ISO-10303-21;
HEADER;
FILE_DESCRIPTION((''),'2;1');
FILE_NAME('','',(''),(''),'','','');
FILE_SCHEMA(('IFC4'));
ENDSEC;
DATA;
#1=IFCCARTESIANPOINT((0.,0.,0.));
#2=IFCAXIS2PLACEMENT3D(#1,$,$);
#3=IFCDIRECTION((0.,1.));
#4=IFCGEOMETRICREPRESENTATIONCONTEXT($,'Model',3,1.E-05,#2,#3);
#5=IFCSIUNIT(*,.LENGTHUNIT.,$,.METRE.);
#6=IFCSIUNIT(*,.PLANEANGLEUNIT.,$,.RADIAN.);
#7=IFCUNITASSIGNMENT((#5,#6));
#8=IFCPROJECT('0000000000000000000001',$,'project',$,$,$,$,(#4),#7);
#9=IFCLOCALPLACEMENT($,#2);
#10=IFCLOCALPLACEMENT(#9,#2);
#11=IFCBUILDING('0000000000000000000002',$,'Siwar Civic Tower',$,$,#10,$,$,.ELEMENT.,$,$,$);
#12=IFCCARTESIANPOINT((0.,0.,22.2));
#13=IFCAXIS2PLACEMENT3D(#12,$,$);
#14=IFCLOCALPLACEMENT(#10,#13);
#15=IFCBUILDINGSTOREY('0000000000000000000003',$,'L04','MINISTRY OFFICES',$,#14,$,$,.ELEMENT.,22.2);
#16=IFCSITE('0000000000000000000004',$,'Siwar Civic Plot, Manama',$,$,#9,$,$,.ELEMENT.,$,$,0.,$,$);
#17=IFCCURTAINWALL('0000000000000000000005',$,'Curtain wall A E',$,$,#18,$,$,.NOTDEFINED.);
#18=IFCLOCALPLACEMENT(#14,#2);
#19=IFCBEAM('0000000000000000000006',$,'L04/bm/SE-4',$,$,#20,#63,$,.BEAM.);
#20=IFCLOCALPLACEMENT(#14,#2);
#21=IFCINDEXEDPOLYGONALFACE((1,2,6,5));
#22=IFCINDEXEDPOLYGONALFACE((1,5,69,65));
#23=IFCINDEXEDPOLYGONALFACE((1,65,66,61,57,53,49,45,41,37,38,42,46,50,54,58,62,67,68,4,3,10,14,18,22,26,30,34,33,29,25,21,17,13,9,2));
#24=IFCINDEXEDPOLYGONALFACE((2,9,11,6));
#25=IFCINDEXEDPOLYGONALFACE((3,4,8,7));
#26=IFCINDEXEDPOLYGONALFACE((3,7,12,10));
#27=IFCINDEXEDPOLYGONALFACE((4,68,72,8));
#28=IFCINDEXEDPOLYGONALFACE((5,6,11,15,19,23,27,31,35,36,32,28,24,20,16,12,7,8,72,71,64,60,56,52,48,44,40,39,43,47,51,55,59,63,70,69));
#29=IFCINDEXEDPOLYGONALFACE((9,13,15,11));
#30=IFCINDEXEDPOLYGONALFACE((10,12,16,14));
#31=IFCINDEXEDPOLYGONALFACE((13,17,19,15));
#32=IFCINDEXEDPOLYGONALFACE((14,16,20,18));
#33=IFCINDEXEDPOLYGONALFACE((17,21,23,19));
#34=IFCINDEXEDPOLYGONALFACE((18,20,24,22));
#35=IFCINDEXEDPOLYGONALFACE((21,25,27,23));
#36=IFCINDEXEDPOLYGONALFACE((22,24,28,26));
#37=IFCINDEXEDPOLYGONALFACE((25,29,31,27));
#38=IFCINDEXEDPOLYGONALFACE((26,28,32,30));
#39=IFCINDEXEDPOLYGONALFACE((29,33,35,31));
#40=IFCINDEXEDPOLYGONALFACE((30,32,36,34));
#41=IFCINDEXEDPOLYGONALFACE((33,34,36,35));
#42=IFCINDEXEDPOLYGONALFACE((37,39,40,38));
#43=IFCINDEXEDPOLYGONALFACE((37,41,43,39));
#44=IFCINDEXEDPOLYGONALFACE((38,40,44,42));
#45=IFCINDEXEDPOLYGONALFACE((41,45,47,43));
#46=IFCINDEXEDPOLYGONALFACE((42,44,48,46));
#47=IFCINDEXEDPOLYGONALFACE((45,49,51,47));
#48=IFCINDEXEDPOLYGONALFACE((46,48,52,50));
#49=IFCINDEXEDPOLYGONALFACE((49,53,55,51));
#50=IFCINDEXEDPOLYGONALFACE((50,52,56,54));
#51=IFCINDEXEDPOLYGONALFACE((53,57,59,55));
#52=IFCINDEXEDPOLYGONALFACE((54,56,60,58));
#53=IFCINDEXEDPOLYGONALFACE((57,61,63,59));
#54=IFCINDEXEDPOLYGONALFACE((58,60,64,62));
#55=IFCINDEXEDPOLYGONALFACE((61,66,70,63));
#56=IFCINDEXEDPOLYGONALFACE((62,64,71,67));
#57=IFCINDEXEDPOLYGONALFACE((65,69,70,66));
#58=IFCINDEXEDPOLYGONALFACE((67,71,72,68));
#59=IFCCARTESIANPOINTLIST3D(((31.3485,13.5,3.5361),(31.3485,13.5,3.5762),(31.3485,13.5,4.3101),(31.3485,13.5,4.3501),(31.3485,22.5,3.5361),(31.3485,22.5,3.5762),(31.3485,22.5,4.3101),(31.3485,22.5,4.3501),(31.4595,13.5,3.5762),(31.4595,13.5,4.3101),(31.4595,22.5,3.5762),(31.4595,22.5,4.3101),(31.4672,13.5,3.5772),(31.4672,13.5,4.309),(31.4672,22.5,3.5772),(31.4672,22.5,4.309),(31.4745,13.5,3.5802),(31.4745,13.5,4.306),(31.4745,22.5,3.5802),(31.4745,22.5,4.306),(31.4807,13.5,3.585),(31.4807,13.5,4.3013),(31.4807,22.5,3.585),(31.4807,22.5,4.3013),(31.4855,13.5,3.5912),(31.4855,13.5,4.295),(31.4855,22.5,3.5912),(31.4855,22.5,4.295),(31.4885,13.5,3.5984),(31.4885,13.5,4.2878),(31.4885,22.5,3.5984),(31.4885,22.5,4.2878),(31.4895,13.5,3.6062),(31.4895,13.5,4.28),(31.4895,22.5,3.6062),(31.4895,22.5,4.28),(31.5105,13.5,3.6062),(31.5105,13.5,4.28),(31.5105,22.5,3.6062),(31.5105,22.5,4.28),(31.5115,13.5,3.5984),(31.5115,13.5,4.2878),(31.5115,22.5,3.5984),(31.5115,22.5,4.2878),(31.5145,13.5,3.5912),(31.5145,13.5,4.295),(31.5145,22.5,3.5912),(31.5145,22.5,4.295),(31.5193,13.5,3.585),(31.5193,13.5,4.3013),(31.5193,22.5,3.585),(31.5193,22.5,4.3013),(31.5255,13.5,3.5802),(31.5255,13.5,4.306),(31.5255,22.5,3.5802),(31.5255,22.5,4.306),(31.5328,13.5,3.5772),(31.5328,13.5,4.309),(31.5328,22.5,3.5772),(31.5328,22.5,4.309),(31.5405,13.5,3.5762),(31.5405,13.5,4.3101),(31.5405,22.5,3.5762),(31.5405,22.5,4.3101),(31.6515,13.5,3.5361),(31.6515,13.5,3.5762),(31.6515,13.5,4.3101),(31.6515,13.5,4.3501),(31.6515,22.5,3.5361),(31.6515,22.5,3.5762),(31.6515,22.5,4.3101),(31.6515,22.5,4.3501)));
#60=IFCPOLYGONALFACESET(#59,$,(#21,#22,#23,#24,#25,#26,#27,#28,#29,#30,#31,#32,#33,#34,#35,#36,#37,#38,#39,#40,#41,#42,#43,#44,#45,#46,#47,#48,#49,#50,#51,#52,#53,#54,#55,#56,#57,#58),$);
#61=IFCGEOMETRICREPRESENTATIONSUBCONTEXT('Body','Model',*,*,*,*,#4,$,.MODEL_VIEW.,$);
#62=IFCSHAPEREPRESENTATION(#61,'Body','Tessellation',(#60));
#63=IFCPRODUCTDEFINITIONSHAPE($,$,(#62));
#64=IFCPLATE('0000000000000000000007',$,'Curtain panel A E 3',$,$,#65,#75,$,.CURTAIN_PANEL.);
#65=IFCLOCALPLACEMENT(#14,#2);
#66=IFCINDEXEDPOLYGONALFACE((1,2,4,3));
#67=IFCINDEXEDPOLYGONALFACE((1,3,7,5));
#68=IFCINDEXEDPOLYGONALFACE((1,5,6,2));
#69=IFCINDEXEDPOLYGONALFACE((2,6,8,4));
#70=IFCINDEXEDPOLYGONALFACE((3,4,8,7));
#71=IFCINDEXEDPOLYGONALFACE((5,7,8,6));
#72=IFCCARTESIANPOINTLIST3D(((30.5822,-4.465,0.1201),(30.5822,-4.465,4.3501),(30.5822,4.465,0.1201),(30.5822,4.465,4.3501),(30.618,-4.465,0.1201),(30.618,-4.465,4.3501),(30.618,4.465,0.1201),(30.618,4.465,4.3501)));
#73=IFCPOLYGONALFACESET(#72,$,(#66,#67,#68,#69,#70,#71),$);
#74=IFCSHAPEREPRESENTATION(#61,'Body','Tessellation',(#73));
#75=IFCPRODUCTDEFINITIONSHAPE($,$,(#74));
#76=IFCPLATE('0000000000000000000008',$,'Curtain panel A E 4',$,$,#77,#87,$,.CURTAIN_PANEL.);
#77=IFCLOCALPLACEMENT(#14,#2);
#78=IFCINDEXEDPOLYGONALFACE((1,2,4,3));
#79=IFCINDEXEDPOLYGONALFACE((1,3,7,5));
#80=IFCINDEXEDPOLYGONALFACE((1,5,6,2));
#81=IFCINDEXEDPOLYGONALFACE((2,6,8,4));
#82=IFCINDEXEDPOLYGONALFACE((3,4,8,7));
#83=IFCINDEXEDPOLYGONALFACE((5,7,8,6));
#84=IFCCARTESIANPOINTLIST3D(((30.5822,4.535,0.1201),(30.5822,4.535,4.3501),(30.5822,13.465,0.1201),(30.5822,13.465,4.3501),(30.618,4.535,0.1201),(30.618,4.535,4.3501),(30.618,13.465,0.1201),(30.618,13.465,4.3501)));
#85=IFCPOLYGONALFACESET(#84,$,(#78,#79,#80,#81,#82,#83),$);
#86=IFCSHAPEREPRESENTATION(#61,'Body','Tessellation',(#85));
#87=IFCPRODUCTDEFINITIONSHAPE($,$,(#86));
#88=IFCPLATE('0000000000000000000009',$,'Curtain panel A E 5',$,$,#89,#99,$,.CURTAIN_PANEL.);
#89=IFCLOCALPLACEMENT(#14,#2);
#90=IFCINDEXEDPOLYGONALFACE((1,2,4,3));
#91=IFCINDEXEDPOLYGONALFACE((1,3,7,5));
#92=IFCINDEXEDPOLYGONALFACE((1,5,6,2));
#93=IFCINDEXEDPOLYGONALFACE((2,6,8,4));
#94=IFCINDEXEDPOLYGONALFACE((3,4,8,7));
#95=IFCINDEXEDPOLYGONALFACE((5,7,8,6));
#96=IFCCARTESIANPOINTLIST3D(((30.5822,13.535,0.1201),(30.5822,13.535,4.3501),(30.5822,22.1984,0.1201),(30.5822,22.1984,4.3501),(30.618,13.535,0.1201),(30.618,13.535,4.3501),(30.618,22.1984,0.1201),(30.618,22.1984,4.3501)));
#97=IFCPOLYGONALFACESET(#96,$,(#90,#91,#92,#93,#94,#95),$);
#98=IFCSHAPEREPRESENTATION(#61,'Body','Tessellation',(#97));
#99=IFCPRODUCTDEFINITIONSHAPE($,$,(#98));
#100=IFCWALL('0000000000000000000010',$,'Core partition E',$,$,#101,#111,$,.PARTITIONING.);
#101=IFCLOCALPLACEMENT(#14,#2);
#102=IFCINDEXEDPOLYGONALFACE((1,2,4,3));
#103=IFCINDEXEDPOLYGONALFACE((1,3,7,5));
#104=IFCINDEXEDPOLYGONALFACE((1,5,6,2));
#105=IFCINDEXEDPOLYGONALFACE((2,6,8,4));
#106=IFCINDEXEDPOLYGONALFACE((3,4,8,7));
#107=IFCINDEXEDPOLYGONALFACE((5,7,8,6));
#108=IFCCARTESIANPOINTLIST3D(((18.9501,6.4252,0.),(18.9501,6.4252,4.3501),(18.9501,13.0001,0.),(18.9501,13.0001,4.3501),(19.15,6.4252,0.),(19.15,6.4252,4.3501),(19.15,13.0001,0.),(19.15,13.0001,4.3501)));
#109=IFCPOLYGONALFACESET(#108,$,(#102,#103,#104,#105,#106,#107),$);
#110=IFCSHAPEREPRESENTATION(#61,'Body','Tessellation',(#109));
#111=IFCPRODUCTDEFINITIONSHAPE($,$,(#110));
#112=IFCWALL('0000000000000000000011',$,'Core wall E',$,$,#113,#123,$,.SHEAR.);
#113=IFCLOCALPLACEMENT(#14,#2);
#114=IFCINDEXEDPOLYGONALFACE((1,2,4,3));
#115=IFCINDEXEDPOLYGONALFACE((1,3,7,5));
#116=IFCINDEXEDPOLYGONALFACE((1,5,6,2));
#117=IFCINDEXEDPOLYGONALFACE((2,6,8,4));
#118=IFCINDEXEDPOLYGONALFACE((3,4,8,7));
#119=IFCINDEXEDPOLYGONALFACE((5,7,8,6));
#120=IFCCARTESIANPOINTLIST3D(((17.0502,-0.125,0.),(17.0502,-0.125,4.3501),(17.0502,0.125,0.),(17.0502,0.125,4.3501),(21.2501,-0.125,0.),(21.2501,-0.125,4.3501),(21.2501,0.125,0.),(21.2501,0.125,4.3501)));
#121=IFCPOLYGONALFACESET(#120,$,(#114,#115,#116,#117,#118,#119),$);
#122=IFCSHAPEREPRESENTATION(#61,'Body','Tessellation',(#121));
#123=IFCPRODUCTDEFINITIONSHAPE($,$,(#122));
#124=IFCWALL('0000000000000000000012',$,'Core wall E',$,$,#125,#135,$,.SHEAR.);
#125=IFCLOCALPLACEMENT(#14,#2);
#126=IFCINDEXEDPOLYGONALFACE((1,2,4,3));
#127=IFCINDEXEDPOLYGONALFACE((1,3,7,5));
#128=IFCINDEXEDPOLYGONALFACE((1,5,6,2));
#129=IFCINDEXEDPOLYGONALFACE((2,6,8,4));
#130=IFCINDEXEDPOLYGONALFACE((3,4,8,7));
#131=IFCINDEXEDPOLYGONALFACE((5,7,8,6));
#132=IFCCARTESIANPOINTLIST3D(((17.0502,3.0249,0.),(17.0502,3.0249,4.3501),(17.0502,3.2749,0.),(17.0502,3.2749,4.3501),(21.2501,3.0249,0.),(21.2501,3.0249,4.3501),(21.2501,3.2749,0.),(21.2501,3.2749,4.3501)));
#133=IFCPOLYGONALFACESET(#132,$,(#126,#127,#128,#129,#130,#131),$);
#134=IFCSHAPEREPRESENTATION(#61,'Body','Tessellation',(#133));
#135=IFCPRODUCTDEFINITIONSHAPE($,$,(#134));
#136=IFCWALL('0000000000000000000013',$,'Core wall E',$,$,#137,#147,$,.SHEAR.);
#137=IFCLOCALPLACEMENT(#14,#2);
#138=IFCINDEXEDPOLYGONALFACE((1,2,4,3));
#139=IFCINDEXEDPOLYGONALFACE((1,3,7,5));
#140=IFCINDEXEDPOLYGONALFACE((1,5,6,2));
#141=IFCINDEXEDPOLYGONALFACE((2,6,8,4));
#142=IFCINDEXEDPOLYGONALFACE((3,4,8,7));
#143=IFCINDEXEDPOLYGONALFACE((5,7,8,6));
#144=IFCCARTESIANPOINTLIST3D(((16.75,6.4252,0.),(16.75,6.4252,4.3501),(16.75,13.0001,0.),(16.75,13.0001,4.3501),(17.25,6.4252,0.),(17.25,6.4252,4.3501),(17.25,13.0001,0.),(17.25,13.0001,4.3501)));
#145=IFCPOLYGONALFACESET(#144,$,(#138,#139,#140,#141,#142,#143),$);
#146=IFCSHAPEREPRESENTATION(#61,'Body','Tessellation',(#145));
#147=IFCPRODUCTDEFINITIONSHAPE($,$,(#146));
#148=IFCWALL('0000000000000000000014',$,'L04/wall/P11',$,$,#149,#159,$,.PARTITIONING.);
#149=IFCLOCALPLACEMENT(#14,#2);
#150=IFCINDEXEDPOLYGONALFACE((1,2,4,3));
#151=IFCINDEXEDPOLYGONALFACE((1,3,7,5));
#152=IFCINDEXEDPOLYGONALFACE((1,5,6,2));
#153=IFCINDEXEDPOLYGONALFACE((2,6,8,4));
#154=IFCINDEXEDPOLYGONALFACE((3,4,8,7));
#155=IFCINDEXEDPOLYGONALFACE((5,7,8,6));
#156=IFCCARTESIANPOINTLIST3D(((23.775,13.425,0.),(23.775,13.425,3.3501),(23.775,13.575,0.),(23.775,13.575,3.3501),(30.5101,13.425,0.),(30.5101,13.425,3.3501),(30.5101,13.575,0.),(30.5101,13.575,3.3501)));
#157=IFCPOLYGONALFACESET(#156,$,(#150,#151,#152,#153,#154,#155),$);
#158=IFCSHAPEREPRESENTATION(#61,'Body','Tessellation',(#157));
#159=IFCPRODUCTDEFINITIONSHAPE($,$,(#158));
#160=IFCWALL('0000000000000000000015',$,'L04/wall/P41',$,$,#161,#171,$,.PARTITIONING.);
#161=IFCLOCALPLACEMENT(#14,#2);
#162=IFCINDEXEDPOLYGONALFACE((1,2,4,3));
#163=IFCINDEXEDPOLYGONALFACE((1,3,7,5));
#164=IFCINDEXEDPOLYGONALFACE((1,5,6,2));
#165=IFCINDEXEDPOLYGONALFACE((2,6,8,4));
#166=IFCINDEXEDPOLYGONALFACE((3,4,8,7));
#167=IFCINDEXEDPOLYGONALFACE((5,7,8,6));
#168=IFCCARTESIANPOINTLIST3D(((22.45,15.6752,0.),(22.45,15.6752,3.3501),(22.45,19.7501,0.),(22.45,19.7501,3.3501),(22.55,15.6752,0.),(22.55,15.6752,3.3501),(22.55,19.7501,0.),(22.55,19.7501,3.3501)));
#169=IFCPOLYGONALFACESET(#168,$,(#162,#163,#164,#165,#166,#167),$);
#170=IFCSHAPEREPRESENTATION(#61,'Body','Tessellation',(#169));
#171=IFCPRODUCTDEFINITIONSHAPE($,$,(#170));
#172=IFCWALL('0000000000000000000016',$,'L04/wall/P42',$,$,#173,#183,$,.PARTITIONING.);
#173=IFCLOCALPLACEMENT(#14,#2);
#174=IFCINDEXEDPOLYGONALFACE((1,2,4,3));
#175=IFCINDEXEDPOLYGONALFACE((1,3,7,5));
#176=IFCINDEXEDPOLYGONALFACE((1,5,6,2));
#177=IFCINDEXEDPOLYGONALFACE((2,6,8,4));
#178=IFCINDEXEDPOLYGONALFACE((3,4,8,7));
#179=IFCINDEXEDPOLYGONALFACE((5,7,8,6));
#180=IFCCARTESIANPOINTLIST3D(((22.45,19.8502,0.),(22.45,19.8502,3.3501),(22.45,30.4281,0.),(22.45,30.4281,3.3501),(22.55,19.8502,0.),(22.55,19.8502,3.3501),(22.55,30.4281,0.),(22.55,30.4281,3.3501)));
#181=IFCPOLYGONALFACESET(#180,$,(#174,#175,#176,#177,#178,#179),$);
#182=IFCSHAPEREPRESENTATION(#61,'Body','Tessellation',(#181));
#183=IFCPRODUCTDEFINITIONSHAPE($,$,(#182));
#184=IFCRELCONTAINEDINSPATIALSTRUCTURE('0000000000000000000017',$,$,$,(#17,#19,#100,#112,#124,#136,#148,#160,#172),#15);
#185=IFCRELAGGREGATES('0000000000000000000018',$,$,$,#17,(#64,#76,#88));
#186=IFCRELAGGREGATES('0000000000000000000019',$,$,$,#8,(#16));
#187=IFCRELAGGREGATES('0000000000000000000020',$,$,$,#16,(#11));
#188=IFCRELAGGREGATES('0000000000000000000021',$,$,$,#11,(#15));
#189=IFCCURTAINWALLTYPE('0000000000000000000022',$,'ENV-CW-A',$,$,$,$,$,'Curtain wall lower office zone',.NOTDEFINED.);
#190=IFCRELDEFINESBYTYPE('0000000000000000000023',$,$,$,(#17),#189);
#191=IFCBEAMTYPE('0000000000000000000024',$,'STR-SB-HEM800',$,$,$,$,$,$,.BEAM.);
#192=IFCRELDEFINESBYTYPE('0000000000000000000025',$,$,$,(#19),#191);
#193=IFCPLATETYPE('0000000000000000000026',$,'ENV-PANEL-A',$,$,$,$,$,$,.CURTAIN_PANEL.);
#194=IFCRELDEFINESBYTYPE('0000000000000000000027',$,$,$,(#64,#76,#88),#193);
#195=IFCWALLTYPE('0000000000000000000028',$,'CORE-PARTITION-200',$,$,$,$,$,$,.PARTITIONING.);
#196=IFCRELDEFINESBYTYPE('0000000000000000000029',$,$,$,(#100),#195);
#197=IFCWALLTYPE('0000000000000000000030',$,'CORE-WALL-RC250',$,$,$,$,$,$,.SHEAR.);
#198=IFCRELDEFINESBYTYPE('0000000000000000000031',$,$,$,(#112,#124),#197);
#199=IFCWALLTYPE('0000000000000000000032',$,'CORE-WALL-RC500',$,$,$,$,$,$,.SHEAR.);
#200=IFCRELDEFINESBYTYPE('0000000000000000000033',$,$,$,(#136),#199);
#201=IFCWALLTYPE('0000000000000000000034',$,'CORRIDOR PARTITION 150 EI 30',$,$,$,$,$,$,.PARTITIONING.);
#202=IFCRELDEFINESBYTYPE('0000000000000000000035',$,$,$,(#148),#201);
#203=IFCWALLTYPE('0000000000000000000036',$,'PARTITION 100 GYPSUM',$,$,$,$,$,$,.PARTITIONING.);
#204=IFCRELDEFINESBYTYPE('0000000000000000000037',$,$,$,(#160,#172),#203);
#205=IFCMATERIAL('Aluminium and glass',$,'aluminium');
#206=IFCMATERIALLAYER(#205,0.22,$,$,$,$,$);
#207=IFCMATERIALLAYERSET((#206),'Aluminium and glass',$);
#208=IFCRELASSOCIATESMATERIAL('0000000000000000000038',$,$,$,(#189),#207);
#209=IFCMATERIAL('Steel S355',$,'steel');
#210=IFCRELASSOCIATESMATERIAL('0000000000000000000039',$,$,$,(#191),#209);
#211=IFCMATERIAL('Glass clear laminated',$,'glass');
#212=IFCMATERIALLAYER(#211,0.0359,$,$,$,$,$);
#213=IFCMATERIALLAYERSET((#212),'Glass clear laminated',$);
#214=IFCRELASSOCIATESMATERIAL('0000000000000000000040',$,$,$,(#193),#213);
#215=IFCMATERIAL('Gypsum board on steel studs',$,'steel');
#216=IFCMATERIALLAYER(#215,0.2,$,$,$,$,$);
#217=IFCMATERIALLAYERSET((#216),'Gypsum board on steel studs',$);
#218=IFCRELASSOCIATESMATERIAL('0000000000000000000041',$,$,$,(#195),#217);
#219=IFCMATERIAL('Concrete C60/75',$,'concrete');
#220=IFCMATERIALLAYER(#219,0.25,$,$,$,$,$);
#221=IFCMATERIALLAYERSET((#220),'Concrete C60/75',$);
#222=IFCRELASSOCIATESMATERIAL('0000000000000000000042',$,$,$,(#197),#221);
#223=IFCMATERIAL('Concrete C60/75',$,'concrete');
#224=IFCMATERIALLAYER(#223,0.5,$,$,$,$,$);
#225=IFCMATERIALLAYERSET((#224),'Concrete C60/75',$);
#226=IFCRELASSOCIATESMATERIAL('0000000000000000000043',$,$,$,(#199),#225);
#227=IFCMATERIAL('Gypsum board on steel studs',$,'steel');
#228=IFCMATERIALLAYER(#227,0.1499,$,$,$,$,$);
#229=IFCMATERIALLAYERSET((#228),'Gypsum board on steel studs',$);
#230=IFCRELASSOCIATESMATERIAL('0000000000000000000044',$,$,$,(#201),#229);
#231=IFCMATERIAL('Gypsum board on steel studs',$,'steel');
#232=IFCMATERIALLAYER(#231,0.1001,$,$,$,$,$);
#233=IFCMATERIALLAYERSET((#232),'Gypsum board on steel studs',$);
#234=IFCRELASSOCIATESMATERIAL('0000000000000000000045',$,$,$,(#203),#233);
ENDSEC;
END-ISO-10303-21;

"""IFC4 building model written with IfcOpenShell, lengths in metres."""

from ifc_helpers import new_model, si_unit, direction, frame, frame_2d, origin, origin_2d, place, context, subcontext, project, spatial, rectangle, i_section, extrude, material, layer, layer_set, material_profile, profile_set, type_object, element, aggregate, save


model = new_model("IFC4")

# Units and contexts
model_context = context("Model", 3, precision=1e-05, world=origin(), true_north=direction((0.0, 1.0)))
body_context = subcontext(model_context, "Body", "Model", "MODEL_VIEW")
ifc_project = project(units=[si_unit("LENGTHUNIT", "METRE"), si_unit("PLANEANGLEUNIT", "RADIAN")], contexts=[model_context])

# Site, building, storey
site_placement = place(None, origin())
site = spatial("IfcSite", under=ifc_project, at=site_placement, Name="Siwar Civic Plot, Manama", CompositionType="ELEMENT", RefElevation=0.0)
building_placement = place(site_placement, origin())
building = spatial("IfcBuilding", under=site, at=building_placement, Name="Siwar Civic Tower", CompositionType="ELEMENT")
storey_placement = place(building_placement, frame((0.0, 0.0, 22.2)))
storey = spatial("IfcBuildingStorey", under=building, at=storey_placement, Name="L04", Description="MINISTRY OFFICES", CompositionType="ELEMENT", Elevation=22.2)

# Curtain wall
ifc_material_1 = material(Name="Aluminium and glass", Category="aluminium")
ifc_layer_1 = layer(ifc_material_1, 0.22)
ifc_layer_set_1 = layer_set([ifc_layer_1], Name="Aluminium and glass")
curtain_wall_type = type_object("IfcCurtainWallType", Name="ENV-CW-A", ElementType="Curtain wall lower office zone", PredefinedType="NOTDEFINED", material=ifc_layer_set_1)
curtain_wall_placement = place(storey_placement, origin())
curtain_wall = element("IfcCurtainWall", 1, at=curtain_wall_placement, inside=storey, type_object=curtain_wall_type, Name="Curtain wall A E", PredefinedType="NOTDEFINED")

# Beam
ifc_material_2 = material(Name="Steel S355", Category="steel")
ifc_material_profile_1 = material_profile(ifc_material_2, i_section(OverallWidth=0.303, OverallDepth=0.814, WebThickness=0.021, FlangeThickness=0.04, FilletRadius=0.03, at=origin_2d()), Name="HEM800")
ifc_profile_set_1 = profile_set([ifc_material_profile_1], Name="Steel S355")
beam_type_1 = type_object("IfcBeamType", Name="STR-SB-HEM800", PredefinedType="BEAM", material=ifc_profile_set_1)
for number, where, z_axis, x_axis, name in (
    (2, (31.5, 13.5, 3.9431), (0.0, 1.0, 0.0), (-1.0, 0.0, 0.0), "L04/bm/SE-4"),
):
    element("IfcBeam", number, at=place(storey_placement, frame(where, z_axis=z_axis, x_axis=x_axis)), inside=storey, type_object=beam_type_1, Name=name, PredefinedType="BEAM", context=body_context, shape_type="SweptSolid", body=[
        extrude(i_section(OverallWidth=0.303, OverallDepth=0.814, WebThickness=0.021, FlangeThickness=0.04, FilletRadius=0.03, at=origin_2d()), origin(), (0.0, 0.0, 1.0), 9.0),
    ])

# Plates
ifc_material_3 = material(Name="Glass clear laminated", Category="glass")
ifc_layer_2 = layer(ifc_material_3, 0.0359)
ifc_layer_set_2 = layer_set([ifc_layer_2], Name="Glass clear laminated")
plate_type = type_object("IfcPlateType", Name="ENV-PANEL-A", PredefinedType="CURTAIN_PANEL", material=ifc_layer_set_2)
plate_1_placement = place(storey_placement, frame((30.6001, 0.0, 0.1201), z_axis=(0.0, 0.0, 1.0), x_axis=(0.0, 1.0, 0.0)))
plate_1 = element("IfcPlate", 3, at=plate_1_placement, type_object=plate_type, Name="Curtain panel A E 3", PredefinedType="CURTAIN_PANEL", context=body_context, shape_type="SweptSolid", body=[
    extrude(rectangle(XDim=8.9299, YDim=0.0359, at=origin_2d()), origin(), (0.0, 0.0, 1.0), 4.23),
])
plate_2_placement = place(storey_placement, frame((30.6001, 9.0, 0.1201), z_axis=(0.0, 0.0, 1.0), x_axis=(0.0, 1.0, 0.0)))
plate_2 = element("IfcPlate", 4, at=plate_2_placement, type_object=plate_type, Name="Curtain panel A E 4", PredefinedType="CURTAIN_PANEL", context=body_context, shape_type="SweptSolid", body=[
    extrude(rectangle(XDim=8.9299, YDim=0.0359, at=origin_2d()), origin(), (0.0, 0.0, 1.0), 4.23),
])
plate_3_placement = place(storey_placement, frame((30.6001, 17.8667, 0.1201), z_axis=(0.0, 0.0, 1.0), x_axis=(0.0, 1.0, 0.0)))
plate_3 = element("IfcPlate", 5, at=plate_3_placement, type_object=plate_type, Name="Curtain panel A E 5", PredefinedType="CURTAIN_PANEL", context=body_context, shape_type="SweptSolid", body=[
    extrude(rectangle(XDim=8.6633, YDim=0.0359, at=origin_2d()), origin(), (0.0, 0.0, 1.0), 4.23),
])
aggregate(curtain_wall, [plate_1, plate_2, plate_3])

# Walls
ifc_material_4 = material(Name="Gypsum board on steel studs", Category="steel")
ifc_layer_3 = layer(ifc_material_4, 0.2)
ifc_layer_set_3 = layer_set([ifc_layer_3], Name="Gypsum board on steel studs")
wall_type_1 = type_object("IfcWallType", Name="CORE-PARTITION-200", PredefinedType="PARTITIONING", material=ifc_layer_set_3)
wall_1_placement = place(storey_placement, frame((19.05, 6.425, 0.0), z_axis=(0.0, 0.0, 1.0), x_axis=(0.0, 1.0, 0.0)))
element("IfcWall", 6, at=wall_1_placement, inside=storey, type_object=wall_type_1, Name="Core partition E", PredefinedType="PARTITIONING", context=body_context, shape_type="SweptSolid", body=[
    extrude(rectangle(XDim=6.575, YDim=0.2, at=frame_2d((3.2876, 0.0))), origin(), (0.0, 0.0, 1.0), 4.3501),
])
ifc_material_5 = material(Name="Concrete C60/75", Category="concrete")
ifc_layer_4 = layer(ifc_material_5, 0.25)
ifc_layer_set_4 = layer_set([ifc_layer_4], Name="Concrete C60/75")
wall_type_2 = type_object("IfcWallType", Name="CORE-WALL-RC250", PredefinedType="SHEAR", material=ifc_layer_set_4)
for number, where, z_axis, x_axis, name in (
    (7, (17.05, 0.0, 0.0), (0.0, 0.0, 1.0), (1.0, 0.0, 0.0), "Core wall E"),
    (8, (17.05, 3.1499, 0.0), (0.0, 0.0, 1.0), (1.0, 0.0, 0.0), "Core wall E"),
):
    element("IfcWall", number, at=place(storey_placement, frame(where, z_axis=z_axis, x_axis=x_axis)), inside=storey, type_object=wall_type_2, Name=name, PredefinedType="SHEAR", context=body_context, shape_type="SweptSolid", body=[
        extrude(rectangle(XDim=4.2, YDim=0.25, at=frame_2d((2.1001, 0.0))), origin(), (0.0, 0.0, 1.0), 4.3501),
    ])
ifc_material_6 = material(Name="Concrete C60/75", Category="concrete")
ifc_layer_5 = layer(ifc_material_6, 0.5)
ifc_layer_set_5 = layer_set([ifc_layer_5], Name="Concrete C60/75")
wall_type_3 = type_object("IfcWallType", Name="CORE-WALL-RC500", PredefinedType="SHEAR", material=ifc_layer_set_5)
wall_2_placement = place(storey_placement, frame((17.0, 6.425, 0.0), z_axis=(0.0, 0.0, 1.0), x_axis=(0.0, 1.0, 0.0)))
element("IfcWall", 9, at=wall_2_placement, inside=storey, type_object=wall_type_3, Name="Core wall E", PredefinedType="SHEAR", context=body_context, shape_type="SweptSolid", body=[
    extrude(rectangle(XDim=6.575, YDim=0.5, at=frame_2d((3.2876, 0.0))), origin(), (0.0, 0.0, 1.0), 4.3501),
])
ifc_material_7 = material(Name="Gypsum board on steel studs", Category="steel")
ifc_layer_6 = layer(ifc_material_7, 0.1499)
ifc_layer_set_6 = layer_set([ifc_layer_6], Name="Gypsum board on steel studs")
wall_type_4 = type_object("IfcWallType", Name="CORRIDOR PARTITION 150 EI 30", PredefinedType="PARTITIONING", material=ifc_layer_set_6)
wall_3_placement = place(storey_placement, frame((23.7749, 13.5, 0.0), z_axis=(0.0, 0.0, 1.0), x_axis=(1.0, 0.0, 0.0)))
element("IfcWall", 10, at=wall_3_placement, inside=storey, type_object=wall_type_4, Name="L04/wall/P11", PredefinedType="PARTITIONING", context=body_context, shape_type="SweptSolid", body=[
    extrude(rectangle(XDim=6.7351, YDim=0.1499, at=frame_2d((3.3677, 0.0))), origin(), (0.0, 0.0, 1.0), 3.3501),
])
ifc_material_8 = material(Name="Gypsum board on steel studs", Category="steel")
ifc_layer_7 = layer(ifc_material_8, 0.1001)
ifc_layer_set_7 = layer_set([ifc_layer_7], Name="Gypsum board on steel studs")
wall_type_5 = type_object("IfcWallType", Name="PARTITION 100 GYPSUM", PredefinedType="PARTITIONING", material=ifc_layer_set_7)
wall_4_placement = place(storey_placement, frame((22.5, 15.675, 0.0), z_axis=(0.0, 0.0, 1.0), x_axis=(0.0, 1.0, 0.0)))
element("IfcWall", 11, at=wall_4_placement, inside=storey, type_object=wall_type_5, Name="L04/wall/P41", PredefinedType="PARTITIONING", context=body_context, shape_type="SweptSolid", body=[
    extrude(rectangle(XDim=4.075, YDim=0.1001, at=frame_2d((2.0376, 0.0))), origin(), (0.0, 0.0, 1.0), 3.3501),
])
wall_5_placement = place(storey_placement, frame((22.5, 19.8501, 0.0), z_axis=(0.0, 0.0, 1.0), x_axis=(0.0, 1.0, 0.0)))
element("IfcWall", 12, at=wall_5_placement, inside=storey, type_object=wall_type_5, Name="L04/wall/P42", PredefinedType="PARTITIONING", context=body_context, shape_type="SweptSolid", body=[
    extrude(rectangle(XDim=10.5779, YDim=0.1001, at=frame_2d((5.2891, 0.0))), origin(), (0.0, 0.0, 1.0), 3.3501),
])

save(model, "model.ifc")
